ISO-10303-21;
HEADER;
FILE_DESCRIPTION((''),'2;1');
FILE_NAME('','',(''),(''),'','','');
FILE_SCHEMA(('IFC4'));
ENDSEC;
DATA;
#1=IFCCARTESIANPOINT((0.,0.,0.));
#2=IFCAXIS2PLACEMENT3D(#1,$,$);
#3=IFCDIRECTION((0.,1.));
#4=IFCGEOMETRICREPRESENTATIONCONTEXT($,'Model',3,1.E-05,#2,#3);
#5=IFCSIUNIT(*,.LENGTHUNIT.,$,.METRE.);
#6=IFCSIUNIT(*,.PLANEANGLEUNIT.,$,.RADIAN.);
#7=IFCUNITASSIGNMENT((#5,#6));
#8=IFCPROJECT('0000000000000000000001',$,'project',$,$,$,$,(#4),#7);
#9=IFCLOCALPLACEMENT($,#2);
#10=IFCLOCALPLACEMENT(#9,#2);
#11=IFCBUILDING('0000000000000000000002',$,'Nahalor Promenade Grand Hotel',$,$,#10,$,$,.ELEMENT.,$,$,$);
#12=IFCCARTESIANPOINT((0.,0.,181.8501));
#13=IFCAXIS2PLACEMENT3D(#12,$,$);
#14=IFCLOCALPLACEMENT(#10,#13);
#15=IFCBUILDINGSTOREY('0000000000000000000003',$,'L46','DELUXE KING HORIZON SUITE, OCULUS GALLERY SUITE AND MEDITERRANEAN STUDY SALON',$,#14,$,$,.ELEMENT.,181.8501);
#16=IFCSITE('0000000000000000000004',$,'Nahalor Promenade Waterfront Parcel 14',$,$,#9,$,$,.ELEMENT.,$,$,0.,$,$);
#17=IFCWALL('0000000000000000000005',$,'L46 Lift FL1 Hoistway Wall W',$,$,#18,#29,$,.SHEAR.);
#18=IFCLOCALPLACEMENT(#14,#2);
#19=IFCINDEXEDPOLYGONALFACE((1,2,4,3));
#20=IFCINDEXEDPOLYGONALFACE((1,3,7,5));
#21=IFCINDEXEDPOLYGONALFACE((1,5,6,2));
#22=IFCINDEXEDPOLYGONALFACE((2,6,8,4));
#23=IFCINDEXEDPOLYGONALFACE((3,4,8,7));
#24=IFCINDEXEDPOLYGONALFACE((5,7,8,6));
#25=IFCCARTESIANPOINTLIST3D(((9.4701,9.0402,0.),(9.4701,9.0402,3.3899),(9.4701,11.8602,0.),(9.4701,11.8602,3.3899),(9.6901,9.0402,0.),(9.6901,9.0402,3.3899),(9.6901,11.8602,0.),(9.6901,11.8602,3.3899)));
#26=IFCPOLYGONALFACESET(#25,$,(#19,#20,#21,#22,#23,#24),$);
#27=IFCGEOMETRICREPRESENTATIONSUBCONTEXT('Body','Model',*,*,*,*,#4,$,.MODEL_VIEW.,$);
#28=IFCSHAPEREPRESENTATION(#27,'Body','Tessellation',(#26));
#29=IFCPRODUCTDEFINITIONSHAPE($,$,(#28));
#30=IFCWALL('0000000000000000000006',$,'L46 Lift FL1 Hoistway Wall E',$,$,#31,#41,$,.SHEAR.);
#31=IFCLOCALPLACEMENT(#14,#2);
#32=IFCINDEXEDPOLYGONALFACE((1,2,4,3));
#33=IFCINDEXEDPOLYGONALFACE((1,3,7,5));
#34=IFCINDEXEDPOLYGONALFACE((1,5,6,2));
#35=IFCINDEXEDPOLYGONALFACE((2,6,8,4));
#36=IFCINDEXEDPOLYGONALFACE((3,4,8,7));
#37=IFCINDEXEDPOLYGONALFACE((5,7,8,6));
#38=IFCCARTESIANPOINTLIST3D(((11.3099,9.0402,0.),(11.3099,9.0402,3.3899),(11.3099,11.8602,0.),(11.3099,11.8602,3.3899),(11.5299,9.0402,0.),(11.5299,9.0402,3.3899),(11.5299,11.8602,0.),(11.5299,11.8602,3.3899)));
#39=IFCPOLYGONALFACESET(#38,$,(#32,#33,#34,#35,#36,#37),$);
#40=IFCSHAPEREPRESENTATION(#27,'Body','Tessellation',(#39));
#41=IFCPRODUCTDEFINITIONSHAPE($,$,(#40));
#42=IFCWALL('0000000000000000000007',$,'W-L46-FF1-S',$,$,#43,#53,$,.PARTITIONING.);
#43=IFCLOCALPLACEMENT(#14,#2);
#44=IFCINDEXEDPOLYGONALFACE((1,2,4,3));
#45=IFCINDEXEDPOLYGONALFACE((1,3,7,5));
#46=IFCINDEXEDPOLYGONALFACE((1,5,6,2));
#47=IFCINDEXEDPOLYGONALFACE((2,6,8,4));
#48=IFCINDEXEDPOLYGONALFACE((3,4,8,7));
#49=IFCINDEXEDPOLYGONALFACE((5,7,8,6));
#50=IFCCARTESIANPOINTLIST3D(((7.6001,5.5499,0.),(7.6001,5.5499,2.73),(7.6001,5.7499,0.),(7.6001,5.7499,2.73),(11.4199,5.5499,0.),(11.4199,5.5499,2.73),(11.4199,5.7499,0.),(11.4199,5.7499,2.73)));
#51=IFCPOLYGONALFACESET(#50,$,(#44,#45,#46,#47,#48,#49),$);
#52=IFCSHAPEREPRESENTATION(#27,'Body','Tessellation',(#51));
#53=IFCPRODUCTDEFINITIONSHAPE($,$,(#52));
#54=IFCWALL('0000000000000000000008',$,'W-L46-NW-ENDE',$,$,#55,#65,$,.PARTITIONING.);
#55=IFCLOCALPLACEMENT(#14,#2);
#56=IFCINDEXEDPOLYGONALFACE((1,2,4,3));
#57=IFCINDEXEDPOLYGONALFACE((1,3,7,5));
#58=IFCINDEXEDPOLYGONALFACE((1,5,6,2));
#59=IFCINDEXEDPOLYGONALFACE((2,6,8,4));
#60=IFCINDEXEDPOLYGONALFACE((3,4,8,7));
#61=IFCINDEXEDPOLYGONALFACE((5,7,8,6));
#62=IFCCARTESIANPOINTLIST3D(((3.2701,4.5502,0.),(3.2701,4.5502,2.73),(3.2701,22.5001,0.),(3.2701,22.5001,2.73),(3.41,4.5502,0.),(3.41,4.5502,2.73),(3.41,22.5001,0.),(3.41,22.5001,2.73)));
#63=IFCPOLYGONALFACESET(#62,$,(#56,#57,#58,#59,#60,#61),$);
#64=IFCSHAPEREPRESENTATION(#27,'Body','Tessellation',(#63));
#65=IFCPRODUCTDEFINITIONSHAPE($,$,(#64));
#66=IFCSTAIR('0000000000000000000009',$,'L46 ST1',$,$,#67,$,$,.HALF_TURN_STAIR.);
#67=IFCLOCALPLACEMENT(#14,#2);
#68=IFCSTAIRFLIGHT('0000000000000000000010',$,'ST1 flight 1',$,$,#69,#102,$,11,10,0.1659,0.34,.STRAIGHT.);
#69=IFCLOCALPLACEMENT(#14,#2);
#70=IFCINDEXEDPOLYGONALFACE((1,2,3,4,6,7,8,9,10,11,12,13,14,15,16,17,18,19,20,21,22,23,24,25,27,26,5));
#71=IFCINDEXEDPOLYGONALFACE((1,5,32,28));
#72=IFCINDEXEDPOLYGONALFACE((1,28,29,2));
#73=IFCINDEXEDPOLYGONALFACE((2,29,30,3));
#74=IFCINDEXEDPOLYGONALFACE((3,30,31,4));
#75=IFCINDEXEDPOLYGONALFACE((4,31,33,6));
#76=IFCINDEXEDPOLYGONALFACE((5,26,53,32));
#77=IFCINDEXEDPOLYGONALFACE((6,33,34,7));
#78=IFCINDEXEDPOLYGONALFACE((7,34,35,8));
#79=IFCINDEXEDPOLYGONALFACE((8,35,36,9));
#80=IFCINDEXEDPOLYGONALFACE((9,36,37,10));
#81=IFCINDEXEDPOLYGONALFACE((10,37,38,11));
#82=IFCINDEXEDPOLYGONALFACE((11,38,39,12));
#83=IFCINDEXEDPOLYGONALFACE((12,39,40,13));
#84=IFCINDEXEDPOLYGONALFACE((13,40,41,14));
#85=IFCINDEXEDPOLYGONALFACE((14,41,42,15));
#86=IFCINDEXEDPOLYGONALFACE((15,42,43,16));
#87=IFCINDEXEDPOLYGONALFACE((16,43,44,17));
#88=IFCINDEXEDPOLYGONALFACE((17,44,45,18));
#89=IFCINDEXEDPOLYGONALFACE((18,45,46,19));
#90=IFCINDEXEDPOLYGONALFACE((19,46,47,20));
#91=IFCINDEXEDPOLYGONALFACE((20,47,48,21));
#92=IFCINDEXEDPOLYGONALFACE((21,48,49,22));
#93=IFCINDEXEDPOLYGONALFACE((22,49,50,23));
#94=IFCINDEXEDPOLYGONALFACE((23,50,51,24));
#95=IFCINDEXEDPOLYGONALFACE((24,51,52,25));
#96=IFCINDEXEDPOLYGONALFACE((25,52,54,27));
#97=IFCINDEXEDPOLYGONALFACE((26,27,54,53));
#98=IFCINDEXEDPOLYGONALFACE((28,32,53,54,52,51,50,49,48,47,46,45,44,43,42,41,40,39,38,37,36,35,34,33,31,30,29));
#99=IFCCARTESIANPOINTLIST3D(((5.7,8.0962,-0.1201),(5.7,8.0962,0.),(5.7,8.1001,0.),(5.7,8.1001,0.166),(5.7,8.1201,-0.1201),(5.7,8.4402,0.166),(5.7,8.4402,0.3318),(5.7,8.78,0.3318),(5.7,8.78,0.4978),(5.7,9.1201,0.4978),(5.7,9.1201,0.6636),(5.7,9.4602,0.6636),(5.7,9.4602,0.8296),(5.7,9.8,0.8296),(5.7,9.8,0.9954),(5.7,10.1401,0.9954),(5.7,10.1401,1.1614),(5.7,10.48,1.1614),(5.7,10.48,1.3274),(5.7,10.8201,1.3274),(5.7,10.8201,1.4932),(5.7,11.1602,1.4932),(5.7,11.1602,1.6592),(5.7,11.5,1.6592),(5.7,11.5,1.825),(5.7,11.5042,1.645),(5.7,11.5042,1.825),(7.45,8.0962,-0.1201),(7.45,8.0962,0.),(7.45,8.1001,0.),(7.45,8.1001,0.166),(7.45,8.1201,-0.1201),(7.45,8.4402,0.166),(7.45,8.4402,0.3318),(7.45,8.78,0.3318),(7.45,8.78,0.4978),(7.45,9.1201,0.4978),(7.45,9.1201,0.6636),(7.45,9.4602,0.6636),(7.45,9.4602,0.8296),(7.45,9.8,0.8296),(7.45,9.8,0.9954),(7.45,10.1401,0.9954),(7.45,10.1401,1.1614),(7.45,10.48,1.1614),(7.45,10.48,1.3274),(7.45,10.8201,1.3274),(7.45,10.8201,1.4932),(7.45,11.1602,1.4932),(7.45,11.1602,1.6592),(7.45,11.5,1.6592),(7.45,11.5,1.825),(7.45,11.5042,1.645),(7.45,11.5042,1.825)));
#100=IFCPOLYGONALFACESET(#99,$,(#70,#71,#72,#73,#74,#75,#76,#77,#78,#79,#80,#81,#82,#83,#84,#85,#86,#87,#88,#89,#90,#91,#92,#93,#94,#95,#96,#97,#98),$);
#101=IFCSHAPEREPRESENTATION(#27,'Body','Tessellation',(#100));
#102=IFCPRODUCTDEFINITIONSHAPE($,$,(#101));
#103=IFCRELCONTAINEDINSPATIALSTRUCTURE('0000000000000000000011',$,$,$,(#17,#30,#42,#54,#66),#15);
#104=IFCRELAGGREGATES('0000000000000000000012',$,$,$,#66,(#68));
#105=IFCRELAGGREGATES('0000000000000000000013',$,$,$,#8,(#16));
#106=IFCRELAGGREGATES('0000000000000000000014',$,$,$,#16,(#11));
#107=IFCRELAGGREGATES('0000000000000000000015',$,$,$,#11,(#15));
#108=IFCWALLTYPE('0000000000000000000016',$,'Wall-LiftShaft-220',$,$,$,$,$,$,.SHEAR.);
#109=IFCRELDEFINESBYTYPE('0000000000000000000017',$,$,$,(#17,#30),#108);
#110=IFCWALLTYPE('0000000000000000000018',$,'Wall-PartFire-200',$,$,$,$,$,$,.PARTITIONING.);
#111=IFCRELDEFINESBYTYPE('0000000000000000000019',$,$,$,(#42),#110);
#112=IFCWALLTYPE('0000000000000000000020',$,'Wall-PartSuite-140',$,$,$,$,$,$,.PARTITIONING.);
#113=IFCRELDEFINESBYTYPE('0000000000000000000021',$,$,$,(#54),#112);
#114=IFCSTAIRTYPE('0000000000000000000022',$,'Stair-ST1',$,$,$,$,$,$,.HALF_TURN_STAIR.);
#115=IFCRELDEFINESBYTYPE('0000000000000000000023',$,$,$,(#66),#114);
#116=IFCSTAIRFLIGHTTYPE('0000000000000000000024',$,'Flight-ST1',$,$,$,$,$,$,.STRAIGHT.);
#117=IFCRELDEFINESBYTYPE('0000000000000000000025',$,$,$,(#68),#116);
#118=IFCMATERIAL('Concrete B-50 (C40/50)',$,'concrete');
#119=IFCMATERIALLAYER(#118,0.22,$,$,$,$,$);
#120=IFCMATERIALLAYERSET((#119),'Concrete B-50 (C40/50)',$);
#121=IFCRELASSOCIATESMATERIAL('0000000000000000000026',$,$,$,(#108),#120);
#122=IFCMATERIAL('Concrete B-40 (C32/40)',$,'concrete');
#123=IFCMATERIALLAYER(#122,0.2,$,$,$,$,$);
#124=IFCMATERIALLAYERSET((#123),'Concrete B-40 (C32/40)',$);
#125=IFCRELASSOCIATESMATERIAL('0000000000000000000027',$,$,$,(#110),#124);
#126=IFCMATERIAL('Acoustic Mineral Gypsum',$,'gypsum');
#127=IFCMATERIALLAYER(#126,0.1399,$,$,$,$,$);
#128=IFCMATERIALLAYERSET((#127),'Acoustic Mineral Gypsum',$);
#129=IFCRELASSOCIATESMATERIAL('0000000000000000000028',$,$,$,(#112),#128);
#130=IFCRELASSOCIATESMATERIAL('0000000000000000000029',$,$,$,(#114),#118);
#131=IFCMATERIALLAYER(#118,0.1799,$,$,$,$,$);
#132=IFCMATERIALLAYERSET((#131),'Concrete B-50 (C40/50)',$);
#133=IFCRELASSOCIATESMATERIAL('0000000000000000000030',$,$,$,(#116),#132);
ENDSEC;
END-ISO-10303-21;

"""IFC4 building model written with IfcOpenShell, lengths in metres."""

from ifc_helpers import new_model, si_unit, direction, frame, frame_2d, origin, place, context, subcontext, project, spatial, polyline, rectangle, outline, extrude, source, transform, mapped, material, layer, layer_set, type_object, element, aggregate, save


model = new_model("IFC4")

# Units and contexts
model_context = context("Model", 3, precision=1e-05, world=origin(), true_north=direction((0.0, 1.0)))
body_context = subcontext(model_context, "Body", "Model", "MODEL_VIEW")
ifc_project = project(units=[si_unit("LENGTHUNIT", "METRE"), si_unit("PLANEANGLEUNIT", "RADIAN")], contexts=[model_context])

# Site, building, storey
site_placement = place(None, origin())
site = spatial("IfcSite", under=ifc_project, at=site_placement, Name="Nahalor Promenade Waterfront Parcel 14", CompositionType="ELEMENT", RefElevation=0.0)
building_placement = place(site_placement, origin())
building = spatial("IfcBuilding", under=site, at=building_placement, Name="Nahalor Promenade Grand Hotel", CompositionType="ELEMENT")
storey_placement = place(building_placement, frame((0.0, 0.0, 181.8501)))
storey = spatial("IfcBuildingStorey", under=building, at=storey_placement, Name="L46", Description="DELUXE KING HORIZON SUITE, OCULUS GALLERY SUITE AND MEDITERRANEAN STUDY SALON", CompositionType="ELEMENT", Elevation=181.8501)

# Shared definitions
ifc_material_1 = material(Name="Concrete B-50 (C40/50)", Category="concrete")

# Walls
ifc_layer_1 = layer(ifc_material_1, 0.22)
ifc_layer_set_1 = layer_set([ifc_layer_1], Name="Concrete B-50 (C40/50)")
wall_type_1 = type_object("IfcWallType", Name="Wall-LiftShaft-220", PredefinedType="SHEAR", material=ifc_layer_set_1)
shared_shape_1 = source(origin(), body_context, "Body", "SweptSolid", [
    extrude(rectangle(XDim=2.8201, YDim=0.22, at=frame_2d((1.4102, 0.0))), origin(), (0.0, 0.0, 1.0), 3.3899),
])
for number, where, z_axis, x_axis, name in (
    (1, (9.5801, 9.04, 0.0), (0.0, 0.0, 1.0), (0.0, 1.0, 0.0), "L46 Lift FL1 Hoistway Wall W"),
    (2, (11.4199, 9.04, 0.0), (0.0, 0.0, 1.0), (0.0, 1.0, 0.0), "L46 Lift FL1 Hoistway Wall E"),
):
    element("IfcWall", number, at=place(storey_placement, frame(where, z_axis=z_axis, x_axis=x_axis)), inside=storey, type_object=wall_type_1, Name=name, PredefinedType="SHEAR", context=body_context, shape_type="MappedRepresentation", body=[
        mapped(shared_shape_1, transform((0.0, 0.0, 0.0), scale=1.0)),
    ])
ifc_material_2 = material(Name="Concrete B-40 (C32/40)", Category="concrete")
ifc_layer_2 = layer(ifc_material_2, 0.2)
ifc_layer_set_2 = layer_set([ifc_layer_2], Name="Concrete B-40 (C32/40)")
wall_type_2 = type_object("IfcWallType", Name="Wall-PartFire-200", PredefinedType="PARTITIONING", material=ifc_layer_set_2)
shared_shape_2 = source(origin(), body_context, "Body", "SweptSolid", [
    extrude(rectangle(XDim=3.8198, YDim=0.2, at=frame_2d((1.9099, 0.0))), origin(), (0.0, 0.0, 1.0), 2.73),
])
wall_1_placement = place(storey_placement, frame((7.6001, 5.6499, 0.0), z_axis=(0.0, 0.0, 1.0), x_axis=(1.0, 0.0, 0.0)))
element("IfcWall", 3, at=wall_1_placement, inside=storey, type_object=wall_type_2, Name="W-L46-FF1-S", PredefinedType="PARTITIONING", context=body_context, shape_type="MappedRepresentation", body=[
    mapped(shared_shape_2, transform((0.0, 0.0, 0.0), scale=1.0)),
])

# Wall
ifc_material_3 = material(Name="Acoustic Mineral Gypsum", Category="gypsum")
ifc_layer_3 = layer(ifc_material_3, 0.1399)
ifc_layer_set_3 = layer_set([ifc_layer_3], Name="Acoustic Mineral Gypsum")
wall_type_3 = type_object("IfcWallType", Name="Wall-PartSuite-140", PredefinedType="PARTITIONING", material=ifc_layer_set_3)
shared_shape_3 = source(origin(), body_context, "Body", "SweptSolid", [
    extrude(rectangle(XDim=17.95, YDim=0.1399, at=frame_2d((8.9751, 0.0))), origin(), (0.0, 0.0, 1.0), 2.73),
])
wall_2_placement = place(storey_placement, frame((3.3401, 4.55, 0.0), z_axis=(0.0, 0.0, 1.0), x_axis=(0.0, 1.0, 0.0)))
element("IfcWall", 4, at=wall_2_placement, inside=storey, type_object=wall_type_3, Name="W-L46-NW-ENDE", PredefinedType="PARTITIONING", context=body_context, shape_type="MappedRepresentation", body=[
    mapped(shared_shape_3, transform((0.0, 0.0, 0.0), scale=1.0)),
])

# Stair, stair flight
stair_type = type_object("IfcStairType", Name="Stair-ST1", PredefinedType="HALF_TURN_STAIR", material=ifc_material_1)
stair_placement = place(storey_placement, origin())
stair = element("IfcStair", 5, at=stair_placement, inside=storey, type_object=stair_type, Name="L46 ST1", PredefinedType="HALF_TURN_STAIR")
ifc_layer_4 = layer(ifc_material_1, 0.1799)
ifc_layer_set_4 = layer_set([ifc_layer_4], Name="Concrete B-50 (C40/50)")
stair_flight_type = type_object("IfcStairFlightType", Name="Flight-ST1", PredefinedType="STRAIGHT", material=ifc_layer_set_4)
shared_shape_4 = source(origin(), body_context, "Body", "SweptSolid", [
    extrude(outline(polyline([(-0.0039, -0.1201), (-0.0039, 0.0), (0.0, 0.0), (0.0, 0.166), (0.3401, 0.166), (0.3401, 0.3318), (0.6799, 0.3318), (0.6799, 0.4978), (1.02, 0.4978), (1.02, 0.6636), (1.3601, 0.6636), (1.3601, 0.8296), (1.7, 0.8296), (1.7, 0.9954), (2.04, 0.9954), (2.04, 1.1614), (2.3799, 1.1614), (2.3799, 1.3274), (2.72, 1.3274), (2.72, 1.4932), (3.0601, 1.4932), (3.0601, 1.6592), (3.3999, 1.6592), (3.3999, 1.825), (3.4041, 1.825), (3.4041, 1.645), (0.02, -0.1201), (-0.0039, -0.1201)])), frame((0.0, 0.875, 0.0), z_axis=(0.0, -1.0, 0.0), x_axis=(1.0, 0.0, 0.0)), (0.0, 0.0, 1.0), 1.75),
])
stair_flight_placement = place(storey_placement, frame((6.575, 8.1001, 0.0), z_axis=(0.0, 0.0, 1.0), x_axis=(0.0, 1.0, 0.0)))
stair_flight = element("IfcStairFlight", 6, at=stair_flight_placement, type_object=stair_flight_type, Name="ST1 flight 1", NumberOfRisers=11, NumberOfTreads=10, PredefinedType="STRAIGHT", RiserHeight=0.1659, TreadLength=0.34, context=body_context, shape_type="MappedRepresentation", body=[
    mapped(shared_shape_4, transform((0.0, 0.0, 0.0), scale=1.0)),
])
aggregate(stair, [stair_flight])

save(model, "model.ifc")
